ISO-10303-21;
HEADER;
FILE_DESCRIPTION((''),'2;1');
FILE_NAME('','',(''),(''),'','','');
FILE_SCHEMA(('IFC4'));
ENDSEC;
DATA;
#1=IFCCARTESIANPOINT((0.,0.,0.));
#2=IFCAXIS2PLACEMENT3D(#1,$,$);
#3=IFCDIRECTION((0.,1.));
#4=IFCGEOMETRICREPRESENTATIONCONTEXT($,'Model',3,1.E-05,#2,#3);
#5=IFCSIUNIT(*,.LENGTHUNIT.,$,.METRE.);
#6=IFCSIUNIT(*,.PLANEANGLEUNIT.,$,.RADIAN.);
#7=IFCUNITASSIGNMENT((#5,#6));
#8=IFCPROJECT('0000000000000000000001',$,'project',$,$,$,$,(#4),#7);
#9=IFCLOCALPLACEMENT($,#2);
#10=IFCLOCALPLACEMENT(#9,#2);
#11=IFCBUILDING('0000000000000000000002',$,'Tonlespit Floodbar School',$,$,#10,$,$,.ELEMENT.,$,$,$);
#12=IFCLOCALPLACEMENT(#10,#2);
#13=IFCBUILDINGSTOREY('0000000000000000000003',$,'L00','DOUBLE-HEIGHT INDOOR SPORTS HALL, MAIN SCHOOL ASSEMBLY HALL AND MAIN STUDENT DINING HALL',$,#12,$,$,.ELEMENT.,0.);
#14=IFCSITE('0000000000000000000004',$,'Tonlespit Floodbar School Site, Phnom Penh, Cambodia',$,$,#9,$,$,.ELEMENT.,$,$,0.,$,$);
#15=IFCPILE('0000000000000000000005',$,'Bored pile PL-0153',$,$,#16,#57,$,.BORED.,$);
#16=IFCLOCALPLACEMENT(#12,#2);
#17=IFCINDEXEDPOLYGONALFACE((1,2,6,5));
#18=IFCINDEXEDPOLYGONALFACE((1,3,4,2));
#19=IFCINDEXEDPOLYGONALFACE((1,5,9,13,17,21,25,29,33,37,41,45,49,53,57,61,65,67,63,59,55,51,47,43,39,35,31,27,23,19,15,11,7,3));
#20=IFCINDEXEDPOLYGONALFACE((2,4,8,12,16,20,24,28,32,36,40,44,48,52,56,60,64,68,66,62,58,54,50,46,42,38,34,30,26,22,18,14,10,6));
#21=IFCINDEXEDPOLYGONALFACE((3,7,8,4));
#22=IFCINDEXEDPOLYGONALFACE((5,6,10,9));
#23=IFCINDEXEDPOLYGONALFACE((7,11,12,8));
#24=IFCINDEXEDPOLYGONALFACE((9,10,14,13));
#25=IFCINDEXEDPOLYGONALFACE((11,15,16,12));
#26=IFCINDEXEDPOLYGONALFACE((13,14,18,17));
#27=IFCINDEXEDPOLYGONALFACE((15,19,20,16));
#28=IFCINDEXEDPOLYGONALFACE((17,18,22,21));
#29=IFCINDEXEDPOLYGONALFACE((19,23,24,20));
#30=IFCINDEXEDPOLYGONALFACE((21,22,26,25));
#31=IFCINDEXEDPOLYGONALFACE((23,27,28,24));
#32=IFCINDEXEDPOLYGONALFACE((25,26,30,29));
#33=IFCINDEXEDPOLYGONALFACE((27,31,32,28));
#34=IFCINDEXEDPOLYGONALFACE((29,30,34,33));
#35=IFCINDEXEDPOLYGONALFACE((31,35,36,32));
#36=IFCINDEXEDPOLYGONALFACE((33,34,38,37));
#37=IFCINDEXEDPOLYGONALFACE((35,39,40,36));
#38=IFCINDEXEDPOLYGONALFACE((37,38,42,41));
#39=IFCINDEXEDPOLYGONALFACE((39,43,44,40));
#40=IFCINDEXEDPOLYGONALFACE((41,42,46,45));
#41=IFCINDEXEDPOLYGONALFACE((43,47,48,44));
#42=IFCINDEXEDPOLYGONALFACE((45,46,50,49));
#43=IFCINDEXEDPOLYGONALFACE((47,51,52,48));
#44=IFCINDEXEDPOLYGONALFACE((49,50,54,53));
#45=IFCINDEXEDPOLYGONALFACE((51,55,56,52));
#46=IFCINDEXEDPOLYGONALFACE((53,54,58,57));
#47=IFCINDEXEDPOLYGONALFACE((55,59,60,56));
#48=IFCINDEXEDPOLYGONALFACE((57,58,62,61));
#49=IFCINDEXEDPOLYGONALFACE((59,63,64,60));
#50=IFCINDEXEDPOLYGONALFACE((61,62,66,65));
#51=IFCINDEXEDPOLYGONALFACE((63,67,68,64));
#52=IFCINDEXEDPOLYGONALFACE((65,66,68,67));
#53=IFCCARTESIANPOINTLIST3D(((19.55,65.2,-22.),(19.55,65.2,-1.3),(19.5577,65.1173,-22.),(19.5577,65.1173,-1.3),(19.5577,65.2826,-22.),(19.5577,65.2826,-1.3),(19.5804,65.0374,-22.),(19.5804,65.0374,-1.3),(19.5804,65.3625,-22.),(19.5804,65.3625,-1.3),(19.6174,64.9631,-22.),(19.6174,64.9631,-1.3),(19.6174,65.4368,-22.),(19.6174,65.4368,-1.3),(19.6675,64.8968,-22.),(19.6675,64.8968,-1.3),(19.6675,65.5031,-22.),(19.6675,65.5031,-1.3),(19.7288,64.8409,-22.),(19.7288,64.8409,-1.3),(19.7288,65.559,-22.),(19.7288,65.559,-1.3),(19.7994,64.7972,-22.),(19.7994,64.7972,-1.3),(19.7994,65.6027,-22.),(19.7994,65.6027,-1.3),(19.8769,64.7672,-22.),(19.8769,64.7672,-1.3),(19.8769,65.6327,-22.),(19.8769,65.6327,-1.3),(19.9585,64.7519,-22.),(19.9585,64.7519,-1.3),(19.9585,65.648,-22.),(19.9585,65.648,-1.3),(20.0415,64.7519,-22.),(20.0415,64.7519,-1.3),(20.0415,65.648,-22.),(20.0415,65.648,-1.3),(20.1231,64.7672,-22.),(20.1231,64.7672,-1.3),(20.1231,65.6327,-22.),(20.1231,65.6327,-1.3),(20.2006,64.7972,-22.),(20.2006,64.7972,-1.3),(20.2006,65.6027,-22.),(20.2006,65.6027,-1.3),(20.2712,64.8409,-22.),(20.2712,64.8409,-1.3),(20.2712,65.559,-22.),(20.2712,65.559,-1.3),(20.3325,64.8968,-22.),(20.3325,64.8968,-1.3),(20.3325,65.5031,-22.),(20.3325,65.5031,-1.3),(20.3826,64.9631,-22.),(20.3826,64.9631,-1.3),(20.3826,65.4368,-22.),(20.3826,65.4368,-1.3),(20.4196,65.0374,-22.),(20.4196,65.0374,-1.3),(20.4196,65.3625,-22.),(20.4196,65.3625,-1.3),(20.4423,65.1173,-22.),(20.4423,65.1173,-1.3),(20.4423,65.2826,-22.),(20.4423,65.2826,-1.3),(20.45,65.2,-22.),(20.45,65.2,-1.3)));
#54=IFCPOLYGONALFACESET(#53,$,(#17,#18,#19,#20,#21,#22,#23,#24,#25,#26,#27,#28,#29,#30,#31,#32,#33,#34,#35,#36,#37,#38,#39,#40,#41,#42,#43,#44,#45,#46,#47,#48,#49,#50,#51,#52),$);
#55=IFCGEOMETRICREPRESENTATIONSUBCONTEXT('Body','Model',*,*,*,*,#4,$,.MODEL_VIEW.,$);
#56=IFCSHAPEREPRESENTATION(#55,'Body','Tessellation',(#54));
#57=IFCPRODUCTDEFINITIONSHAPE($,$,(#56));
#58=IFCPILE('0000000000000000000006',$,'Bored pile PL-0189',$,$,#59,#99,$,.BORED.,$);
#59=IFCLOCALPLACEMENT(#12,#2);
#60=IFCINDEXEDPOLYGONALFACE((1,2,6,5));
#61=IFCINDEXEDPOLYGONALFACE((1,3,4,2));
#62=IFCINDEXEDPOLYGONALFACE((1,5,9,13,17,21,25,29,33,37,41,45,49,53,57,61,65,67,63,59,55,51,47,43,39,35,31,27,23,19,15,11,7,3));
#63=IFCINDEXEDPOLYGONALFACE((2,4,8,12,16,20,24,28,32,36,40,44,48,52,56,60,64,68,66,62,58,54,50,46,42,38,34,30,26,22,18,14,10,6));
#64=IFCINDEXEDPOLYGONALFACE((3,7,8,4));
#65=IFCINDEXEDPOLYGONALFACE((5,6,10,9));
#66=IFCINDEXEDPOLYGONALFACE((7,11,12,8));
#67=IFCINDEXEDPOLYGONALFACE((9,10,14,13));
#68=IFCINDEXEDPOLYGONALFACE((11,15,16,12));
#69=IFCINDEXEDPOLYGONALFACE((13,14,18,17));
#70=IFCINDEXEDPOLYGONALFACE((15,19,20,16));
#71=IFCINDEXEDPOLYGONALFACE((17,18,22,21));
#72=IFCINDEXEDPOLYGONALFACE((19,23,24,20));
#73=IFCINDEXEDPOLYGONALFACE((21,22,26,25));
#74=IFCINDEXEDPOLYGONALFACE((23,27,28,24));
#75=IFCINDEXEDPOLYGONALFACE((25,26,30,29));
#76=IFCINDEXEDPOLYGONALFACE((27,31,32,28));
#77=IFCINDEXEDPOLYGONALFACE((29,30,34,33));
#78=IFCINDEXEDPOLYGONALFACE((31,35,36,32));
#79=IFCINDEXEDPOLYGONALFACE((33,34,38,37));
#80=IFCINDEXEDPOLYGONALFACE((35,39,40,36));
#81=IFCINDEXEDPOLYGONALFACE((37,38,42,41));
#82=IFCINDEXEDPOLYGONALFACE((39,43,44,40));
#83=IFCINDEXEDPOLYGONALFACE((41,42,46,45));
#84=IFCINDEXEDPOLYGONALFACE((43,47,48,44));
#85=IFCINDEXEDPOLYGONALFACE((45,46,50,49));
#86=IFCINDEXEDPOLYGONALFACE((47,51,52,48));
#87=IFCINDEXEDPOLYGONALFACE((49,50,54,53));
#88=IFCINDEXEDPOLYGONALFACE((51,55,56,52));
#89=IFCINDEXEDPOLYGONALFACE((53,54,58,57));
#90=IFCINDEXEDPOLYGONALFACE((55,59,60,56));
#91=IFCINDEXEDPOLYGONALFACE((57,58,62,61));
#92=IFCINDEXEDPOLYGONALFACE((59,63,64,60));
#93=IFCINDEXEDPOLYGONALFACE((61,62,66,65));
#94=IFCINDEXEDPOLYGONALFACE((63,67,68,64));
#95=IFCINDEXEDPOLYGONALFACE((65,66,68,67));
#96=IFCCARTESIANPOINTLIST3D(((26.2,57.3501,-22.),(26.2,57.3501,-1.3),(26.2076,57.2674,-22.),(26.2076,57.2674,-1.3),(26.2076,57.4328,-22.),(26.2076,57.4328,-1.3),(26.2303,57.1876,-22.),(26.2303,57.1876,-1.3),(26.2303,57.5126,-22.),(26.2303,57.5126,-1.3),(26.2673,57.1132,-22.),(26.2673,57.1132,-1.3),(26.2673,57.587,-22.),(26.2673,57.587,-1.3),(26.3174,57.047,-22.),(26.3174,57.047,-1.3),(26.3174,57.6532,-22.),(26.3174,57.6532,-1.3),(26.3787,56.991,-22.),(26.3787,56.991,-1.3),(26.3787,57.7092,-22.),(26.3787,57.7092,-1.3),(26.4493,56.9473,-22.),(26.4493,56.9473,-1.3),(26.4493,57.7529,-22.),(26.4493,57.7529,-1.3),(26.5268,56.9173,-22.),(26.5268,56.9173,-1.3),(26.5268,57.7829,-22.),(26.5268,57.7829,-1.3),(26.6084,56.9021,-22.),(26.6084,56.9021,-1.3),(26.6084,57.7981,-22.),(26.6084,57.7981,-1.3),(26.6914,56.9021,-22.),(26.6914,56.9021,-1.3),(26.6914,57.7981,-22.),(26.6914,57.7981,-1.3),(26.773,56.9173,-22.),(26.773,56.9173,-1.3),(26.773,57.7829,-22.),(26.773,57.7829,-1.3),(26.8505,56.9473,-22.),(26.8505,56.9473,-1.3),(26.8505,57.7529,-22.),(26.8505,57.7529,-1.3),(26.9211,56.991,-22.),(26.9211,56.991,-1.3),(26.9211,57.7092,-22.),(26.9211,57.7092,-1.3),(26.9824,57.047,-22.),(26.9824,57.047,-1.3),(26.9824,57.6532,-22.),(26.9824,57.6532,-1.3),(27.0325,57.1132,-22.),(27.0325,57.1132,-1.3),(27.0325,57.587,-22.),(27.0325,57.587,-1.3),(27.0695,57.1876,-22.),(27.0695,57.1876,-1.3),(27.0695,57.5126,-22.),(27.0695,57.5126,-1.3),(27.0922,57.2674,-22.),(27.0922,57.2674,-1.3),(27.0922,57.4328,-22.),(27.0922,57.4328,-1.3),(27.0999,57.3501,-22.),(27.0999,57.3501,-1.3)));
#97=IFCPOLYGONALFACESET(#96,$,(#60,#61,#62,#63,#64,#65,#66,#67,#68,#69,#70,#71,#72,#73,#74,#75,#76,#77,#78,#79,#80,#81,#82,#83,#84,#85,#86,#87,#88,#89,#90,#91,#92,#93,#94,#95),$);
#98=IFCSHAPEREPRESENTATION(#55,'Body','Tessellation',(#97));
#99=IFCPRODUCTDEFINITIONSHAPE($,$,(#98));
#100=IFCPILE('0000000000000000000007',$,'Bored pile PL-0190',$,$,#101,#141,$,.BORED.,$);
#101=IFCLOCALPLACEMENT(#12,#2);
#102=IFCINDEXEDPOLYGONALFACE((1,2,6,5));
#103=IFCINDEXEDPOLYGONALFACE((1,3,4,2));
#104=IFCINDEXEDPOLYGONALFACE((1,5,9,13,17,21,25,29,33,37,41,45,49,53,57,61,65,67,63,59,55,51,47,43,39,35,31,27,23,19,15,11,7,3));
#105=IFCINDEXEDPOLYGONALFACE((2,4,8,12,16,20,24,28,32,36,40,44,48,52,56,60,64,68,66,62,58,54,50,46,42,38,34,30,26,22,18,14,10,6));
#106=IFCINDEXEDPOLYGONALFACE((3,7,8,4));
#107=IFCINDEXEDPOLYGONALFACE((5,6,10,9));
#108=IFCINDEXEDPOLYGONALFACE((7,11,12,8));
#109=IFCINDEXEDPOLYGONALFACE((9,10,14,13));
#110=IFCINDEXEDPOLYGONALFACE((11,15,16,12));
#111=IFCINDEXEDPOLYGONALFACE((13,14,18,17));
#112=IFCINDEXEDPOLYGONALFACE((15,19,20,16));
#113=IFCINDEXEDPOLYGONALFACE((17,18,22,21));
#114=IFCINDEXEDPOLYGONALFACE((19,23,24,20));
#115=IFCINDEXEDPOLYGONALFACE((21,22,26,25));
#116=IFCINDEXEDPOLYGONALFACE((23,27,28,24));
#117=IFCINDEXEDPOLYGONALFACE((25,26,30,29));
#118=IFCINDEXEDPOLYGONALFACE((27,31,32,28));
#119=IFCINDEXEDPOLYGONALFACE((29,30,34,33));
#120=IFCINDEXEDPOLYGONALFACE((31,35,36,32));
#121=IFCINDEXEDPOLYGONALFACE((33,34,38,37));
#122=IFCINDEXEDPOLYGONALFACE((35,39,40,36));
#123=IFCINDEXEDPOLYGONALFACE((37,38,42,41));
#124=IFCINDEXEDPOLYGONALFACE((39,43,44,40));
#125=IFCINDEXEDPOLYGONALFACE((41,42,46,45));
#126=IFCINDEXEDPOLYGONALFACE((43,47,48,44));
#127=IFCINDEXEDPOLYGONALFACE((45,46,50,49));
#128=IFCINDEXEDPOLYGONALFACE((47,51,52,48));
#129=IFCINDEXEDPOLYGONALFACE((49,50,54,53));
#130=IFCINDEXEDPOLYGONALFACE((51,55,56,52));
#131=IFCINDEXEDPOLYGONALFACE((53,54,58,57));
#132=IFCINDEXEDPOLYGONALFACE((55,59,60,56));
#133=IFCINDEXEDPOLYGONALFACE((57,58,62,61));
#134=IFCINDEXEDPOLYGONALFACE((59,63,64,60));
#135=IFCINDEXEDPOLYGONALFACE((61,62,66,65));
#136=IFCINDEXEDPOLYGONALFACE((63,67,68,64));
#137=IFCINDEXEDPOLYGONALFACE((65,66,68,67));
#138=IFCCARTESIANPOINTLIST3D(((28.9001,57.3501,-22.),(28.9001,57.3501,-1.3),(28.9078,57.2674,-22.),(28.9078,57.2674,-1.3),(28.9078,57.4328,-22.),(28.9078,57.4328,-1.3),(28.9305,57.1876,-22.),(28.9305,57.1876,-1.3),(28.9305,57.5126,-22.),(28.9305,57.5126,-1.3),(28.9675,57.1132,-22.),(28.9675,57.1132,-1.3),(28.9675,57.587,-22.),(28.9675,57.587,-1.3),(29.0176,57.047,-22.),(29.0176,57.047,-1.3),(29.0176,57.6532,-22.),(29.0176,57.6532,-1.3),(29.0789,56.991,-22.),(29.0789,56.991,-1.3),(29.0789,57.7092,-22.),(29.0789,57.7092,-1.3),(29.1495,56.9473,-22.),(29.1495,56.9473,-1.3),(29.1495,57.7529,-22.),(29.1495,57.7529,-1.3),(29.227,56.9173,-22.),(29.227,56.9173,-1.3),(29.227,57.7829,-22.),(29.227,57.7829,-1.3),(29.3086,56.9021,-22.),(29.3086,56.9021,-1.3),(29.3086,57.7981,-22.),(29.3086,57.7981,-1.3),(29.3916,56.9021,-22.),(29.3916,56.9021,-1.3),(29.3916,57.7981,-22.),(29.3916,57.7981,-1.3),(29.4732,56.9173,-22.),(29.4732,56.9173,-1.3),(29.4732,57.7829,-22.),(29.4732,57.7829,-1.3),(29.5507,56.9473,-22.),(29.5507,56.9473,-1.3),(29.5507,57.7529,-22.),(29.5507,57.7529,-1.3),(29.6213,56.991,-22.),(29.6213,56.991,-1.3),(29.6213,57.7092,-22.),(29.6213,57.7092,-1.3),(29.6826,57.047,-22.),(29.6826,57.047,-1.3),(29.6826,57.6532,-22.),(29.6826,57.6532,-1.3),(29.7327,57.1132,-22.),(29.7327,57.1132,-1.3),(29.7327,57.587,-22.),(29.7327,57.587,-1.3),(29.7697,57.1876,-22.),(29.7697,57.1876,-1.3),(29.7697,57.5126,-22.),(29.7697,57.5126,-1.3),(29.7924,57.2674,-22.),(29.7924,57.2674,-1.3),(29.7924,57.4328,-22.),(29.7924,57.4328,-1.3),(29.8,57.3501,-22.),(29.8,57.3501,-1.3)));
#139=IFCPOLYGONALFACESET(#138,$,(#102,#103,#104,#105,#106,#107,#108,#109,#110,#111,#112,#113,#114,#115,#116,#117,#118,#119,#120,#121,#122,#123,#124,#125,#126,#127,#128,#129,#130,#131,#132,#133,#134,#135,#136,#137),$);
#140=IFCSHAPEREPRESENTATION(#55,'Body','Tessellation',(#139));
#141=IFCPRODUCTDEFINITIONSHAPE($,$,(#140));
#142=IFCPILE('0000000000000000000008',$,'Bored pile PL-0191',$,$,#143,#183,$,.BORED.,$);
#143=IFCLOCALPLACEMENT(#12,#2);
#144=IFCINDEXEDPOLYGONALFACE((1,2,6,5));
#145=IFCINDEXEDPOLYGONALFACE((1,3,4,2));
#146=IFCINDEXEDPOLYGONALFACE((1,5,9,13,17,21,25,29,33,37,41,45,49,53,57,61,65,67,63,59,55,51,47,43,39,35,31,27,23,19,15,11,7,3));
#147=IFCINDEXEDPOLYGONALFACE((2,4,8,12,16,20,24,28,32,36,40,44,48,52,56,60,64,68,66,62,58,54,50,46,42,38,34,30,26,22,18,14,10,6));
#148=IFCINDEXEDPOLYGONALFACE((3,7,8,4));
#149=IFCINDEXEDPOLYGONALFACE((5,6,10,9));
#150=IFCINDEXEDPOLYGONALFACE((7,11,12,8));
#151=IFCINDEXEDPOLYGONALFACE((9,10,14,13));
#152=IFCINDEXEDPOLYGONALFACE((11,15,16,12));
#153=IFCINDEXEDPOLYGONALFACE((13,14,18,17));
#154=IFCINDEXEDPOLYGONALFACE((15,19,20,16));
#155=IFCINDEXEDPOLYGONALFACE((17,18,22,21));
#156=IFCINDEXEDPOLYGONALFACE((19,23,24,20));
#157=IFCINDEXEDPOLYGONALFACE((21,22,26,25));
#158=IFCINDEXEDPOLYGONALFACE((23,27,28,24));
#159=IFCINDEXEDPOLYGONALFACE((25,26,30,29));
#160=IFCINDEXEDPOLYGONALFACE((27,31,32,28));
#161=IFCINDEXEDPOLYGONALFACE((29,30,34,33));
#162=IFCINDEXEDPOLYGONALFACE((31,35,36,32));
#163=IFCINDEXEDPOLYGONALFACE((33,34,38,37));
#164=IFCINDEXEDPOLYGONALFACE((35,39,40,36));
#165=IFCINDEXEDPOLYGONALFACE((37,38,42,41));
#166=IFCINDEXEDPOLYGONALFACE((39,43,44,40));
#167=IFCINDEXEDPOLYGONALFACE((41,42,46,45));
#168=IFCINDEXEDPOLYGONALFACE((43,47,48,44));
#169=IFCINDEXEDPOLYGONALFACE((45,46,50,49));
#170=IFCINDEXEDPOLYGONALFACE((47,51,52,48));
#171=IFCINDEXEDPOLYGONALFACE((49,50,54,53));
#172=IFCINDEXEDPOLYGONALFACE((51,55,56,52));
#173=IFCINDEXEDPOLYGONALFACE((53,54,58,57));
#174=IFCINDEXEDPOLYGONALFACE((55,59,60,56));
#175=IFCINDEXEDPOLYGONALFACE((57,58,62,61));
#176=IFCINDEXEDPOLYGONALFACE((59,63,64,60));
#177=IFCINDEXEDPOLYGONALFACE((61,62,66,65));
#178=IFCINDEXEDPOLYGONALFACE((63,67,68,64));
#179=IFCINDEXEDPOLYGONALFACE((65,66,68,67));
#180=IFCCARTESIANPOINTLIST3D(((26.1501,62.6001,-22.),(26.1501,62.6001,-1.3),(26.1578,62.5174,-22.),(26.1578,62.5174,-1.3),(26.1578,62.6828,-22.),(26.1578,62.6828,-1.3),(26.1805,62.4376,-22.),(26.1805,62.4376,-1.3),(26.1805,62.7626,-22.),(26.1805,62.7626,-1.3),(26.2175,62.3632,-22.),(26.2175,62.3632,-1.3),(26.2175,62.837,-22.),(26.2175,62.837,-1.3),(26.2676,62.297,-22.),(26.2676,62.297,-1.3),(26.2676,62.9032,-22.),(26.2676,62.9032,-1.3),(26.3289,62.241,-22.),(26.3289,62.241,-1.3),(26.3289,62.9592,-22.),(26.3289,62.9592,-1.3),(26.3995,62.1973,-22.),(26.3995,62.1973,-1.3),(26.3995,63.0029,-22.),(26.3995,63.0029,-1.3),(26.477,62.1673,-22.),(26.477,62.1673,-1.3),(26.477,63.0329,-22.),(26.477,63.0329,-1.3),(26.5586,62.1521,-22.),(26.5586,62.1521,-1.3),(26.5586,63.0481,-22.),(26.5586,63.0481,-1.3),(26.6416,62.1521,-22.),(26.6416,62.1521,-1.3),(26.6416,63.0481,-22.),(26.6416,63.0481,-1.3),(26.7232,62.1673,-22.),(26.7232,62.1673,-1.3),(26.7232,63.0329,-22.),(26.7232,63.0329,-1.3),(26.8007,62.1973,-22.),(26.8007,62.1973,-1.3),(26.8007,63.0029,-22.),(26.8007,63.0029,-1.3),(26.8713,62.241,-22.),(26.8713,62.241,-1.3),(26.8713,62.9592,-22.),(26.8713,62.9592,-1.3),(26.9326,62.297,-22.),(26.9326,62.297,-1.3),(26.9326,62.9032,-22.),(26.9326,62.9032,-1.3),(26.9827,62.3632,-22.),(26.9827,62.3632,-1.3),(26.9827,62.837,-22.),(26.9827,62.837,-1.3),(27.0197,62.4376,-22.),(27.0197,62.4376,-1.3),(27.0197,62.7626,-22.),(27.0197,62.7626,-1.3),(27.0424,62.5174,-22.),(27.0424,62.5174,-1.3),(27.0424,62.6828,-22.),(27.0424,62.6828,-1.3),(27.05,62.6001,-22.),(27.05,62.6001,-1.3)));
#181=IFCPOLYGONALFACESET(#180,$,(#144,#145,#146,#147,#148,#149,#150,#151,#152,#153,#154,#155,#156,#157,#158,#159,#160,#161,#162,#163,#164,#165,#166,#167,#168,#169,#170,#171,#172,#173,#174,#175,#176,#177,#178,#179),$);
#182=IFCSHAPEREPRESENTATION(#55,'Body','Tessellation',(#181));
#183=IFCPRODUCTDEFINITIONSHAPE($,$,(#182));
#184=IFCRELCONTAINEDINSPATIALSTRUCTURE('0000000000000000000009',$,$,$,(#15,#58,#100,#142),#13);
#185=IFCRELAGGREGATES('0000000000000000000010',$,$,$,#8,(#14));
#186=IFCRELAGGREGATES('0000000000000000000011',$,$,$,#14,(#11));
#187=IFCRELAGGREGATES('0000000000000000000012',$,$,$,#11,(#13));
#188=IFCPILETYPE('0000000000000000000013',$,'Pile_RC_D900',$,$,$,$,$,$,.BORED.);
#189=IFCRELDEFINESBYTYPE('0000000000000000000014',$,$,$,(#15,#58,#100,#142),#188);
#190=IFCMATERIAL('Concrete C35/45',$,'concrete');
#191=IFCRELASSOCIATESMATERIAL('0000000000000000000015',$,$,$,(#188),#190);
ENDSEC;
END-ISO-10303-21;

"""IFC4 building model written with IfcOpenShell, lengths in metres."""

from ifc_helpers import new_model, si_unit, direction, frame, origin, origin_2d, place, context, subcontext, project, spatial, circle, extrude, material, material_profile, profile_set, type_object, element, save


model = new_model("IFC4")

# Units and contexts
model_context = context("Model", 3, precision=1e-05, world=origin(), true_north=direction((0.0, 1.0)))
body_context = subcontext(model_context, "Body", "Model", "MODEL_VIEW")
ifc_project = project(units=[si_unit("LENGTHUNIT", "METRE"), si_unit("PLANEANGLEUNIT", "RADIAN")], contexts=[model_context])

# Site, building, storey
site_placement = place(None, origin())
site = spatial("IfcSite", under=ifc_project, at=site_placement, Name="Tonlespit Floodbar School Site, Phnom Penh, Cambodia", CompositionType="ELEMENT", RefElevation=0.0)
building_placement = place(site_placement, origin())
building = spatial("IfcBuilding", under=site, at=building_placement, Name="Tonlespit Floodbar School", CompositionType="ELEMENT")
storey_placement = place(building_placement, origin())
storey = spatial("IfcBuildingStorey", under=building, at=storey_placement, Name="L00", Description="DOUBLE-HEIGHT INDOOR SPORTS HALL, MAIN SCHOOL ASSEMBLY HALL AND MAIN STUDENT DINING HALL", CompositionType="ELEMENT", Elevation=0.0)

# Piles
ifc_material_1 = material(Name="Concrete C35/45", Category="concrete")
ifc_material_profile_1 = material_profile(ifc_material_1, circle(Radius=0.45, at=origin_2d()), Name="BP D900")
ifc_profile_set_1 = profile_set([ifc_material_profile_1], Name="Concrete C35/45")
pile_type = type_object("IfcPileType", Name="Pile_RC_D900", PredefinedType="BORED", material=ifc_profile_set_1)
for number, where, z_axis, x_axis, name in (
    (1, (20.0, 65.2, -1.3), (0.0, 0.0, -1.0), (1.0, 0.0, 0.0), "Bored pile PL-0153"),
    (2, (26.6499, 57.3501, -1.3), (0.0, 0.0, -1.0), (1.0, 0.0, 0.0), "Bored pile PL-0189"),
    (3, (29.3501, 57.3501, -1.3), (0.0, 0.0, -1.0), (1.0, 0.0, 0.0), "Bored pile PL-0190"),
    (4, (26.6001, 62.6001, -1.3), (0.0, 0.0, -1.0), (1.0, 0.0, 0.0), "Bored pile PL-0191"),
):
    element("IfcPile", number, at=place(storey_placement, frame(where, z_axis=z_axis, x_axis=x_axis)), inside=storey, type_object=pile_type, Name=name, PredefinedType="BORED", context=body_context, shape_type="SweptSolid", body=[
        extrude(circle(Radius=0.45, at=origin_2d()), origin(), (0.0, 0.0, 1.0), 20.7),
    ])

save(model, "model.ifc")
